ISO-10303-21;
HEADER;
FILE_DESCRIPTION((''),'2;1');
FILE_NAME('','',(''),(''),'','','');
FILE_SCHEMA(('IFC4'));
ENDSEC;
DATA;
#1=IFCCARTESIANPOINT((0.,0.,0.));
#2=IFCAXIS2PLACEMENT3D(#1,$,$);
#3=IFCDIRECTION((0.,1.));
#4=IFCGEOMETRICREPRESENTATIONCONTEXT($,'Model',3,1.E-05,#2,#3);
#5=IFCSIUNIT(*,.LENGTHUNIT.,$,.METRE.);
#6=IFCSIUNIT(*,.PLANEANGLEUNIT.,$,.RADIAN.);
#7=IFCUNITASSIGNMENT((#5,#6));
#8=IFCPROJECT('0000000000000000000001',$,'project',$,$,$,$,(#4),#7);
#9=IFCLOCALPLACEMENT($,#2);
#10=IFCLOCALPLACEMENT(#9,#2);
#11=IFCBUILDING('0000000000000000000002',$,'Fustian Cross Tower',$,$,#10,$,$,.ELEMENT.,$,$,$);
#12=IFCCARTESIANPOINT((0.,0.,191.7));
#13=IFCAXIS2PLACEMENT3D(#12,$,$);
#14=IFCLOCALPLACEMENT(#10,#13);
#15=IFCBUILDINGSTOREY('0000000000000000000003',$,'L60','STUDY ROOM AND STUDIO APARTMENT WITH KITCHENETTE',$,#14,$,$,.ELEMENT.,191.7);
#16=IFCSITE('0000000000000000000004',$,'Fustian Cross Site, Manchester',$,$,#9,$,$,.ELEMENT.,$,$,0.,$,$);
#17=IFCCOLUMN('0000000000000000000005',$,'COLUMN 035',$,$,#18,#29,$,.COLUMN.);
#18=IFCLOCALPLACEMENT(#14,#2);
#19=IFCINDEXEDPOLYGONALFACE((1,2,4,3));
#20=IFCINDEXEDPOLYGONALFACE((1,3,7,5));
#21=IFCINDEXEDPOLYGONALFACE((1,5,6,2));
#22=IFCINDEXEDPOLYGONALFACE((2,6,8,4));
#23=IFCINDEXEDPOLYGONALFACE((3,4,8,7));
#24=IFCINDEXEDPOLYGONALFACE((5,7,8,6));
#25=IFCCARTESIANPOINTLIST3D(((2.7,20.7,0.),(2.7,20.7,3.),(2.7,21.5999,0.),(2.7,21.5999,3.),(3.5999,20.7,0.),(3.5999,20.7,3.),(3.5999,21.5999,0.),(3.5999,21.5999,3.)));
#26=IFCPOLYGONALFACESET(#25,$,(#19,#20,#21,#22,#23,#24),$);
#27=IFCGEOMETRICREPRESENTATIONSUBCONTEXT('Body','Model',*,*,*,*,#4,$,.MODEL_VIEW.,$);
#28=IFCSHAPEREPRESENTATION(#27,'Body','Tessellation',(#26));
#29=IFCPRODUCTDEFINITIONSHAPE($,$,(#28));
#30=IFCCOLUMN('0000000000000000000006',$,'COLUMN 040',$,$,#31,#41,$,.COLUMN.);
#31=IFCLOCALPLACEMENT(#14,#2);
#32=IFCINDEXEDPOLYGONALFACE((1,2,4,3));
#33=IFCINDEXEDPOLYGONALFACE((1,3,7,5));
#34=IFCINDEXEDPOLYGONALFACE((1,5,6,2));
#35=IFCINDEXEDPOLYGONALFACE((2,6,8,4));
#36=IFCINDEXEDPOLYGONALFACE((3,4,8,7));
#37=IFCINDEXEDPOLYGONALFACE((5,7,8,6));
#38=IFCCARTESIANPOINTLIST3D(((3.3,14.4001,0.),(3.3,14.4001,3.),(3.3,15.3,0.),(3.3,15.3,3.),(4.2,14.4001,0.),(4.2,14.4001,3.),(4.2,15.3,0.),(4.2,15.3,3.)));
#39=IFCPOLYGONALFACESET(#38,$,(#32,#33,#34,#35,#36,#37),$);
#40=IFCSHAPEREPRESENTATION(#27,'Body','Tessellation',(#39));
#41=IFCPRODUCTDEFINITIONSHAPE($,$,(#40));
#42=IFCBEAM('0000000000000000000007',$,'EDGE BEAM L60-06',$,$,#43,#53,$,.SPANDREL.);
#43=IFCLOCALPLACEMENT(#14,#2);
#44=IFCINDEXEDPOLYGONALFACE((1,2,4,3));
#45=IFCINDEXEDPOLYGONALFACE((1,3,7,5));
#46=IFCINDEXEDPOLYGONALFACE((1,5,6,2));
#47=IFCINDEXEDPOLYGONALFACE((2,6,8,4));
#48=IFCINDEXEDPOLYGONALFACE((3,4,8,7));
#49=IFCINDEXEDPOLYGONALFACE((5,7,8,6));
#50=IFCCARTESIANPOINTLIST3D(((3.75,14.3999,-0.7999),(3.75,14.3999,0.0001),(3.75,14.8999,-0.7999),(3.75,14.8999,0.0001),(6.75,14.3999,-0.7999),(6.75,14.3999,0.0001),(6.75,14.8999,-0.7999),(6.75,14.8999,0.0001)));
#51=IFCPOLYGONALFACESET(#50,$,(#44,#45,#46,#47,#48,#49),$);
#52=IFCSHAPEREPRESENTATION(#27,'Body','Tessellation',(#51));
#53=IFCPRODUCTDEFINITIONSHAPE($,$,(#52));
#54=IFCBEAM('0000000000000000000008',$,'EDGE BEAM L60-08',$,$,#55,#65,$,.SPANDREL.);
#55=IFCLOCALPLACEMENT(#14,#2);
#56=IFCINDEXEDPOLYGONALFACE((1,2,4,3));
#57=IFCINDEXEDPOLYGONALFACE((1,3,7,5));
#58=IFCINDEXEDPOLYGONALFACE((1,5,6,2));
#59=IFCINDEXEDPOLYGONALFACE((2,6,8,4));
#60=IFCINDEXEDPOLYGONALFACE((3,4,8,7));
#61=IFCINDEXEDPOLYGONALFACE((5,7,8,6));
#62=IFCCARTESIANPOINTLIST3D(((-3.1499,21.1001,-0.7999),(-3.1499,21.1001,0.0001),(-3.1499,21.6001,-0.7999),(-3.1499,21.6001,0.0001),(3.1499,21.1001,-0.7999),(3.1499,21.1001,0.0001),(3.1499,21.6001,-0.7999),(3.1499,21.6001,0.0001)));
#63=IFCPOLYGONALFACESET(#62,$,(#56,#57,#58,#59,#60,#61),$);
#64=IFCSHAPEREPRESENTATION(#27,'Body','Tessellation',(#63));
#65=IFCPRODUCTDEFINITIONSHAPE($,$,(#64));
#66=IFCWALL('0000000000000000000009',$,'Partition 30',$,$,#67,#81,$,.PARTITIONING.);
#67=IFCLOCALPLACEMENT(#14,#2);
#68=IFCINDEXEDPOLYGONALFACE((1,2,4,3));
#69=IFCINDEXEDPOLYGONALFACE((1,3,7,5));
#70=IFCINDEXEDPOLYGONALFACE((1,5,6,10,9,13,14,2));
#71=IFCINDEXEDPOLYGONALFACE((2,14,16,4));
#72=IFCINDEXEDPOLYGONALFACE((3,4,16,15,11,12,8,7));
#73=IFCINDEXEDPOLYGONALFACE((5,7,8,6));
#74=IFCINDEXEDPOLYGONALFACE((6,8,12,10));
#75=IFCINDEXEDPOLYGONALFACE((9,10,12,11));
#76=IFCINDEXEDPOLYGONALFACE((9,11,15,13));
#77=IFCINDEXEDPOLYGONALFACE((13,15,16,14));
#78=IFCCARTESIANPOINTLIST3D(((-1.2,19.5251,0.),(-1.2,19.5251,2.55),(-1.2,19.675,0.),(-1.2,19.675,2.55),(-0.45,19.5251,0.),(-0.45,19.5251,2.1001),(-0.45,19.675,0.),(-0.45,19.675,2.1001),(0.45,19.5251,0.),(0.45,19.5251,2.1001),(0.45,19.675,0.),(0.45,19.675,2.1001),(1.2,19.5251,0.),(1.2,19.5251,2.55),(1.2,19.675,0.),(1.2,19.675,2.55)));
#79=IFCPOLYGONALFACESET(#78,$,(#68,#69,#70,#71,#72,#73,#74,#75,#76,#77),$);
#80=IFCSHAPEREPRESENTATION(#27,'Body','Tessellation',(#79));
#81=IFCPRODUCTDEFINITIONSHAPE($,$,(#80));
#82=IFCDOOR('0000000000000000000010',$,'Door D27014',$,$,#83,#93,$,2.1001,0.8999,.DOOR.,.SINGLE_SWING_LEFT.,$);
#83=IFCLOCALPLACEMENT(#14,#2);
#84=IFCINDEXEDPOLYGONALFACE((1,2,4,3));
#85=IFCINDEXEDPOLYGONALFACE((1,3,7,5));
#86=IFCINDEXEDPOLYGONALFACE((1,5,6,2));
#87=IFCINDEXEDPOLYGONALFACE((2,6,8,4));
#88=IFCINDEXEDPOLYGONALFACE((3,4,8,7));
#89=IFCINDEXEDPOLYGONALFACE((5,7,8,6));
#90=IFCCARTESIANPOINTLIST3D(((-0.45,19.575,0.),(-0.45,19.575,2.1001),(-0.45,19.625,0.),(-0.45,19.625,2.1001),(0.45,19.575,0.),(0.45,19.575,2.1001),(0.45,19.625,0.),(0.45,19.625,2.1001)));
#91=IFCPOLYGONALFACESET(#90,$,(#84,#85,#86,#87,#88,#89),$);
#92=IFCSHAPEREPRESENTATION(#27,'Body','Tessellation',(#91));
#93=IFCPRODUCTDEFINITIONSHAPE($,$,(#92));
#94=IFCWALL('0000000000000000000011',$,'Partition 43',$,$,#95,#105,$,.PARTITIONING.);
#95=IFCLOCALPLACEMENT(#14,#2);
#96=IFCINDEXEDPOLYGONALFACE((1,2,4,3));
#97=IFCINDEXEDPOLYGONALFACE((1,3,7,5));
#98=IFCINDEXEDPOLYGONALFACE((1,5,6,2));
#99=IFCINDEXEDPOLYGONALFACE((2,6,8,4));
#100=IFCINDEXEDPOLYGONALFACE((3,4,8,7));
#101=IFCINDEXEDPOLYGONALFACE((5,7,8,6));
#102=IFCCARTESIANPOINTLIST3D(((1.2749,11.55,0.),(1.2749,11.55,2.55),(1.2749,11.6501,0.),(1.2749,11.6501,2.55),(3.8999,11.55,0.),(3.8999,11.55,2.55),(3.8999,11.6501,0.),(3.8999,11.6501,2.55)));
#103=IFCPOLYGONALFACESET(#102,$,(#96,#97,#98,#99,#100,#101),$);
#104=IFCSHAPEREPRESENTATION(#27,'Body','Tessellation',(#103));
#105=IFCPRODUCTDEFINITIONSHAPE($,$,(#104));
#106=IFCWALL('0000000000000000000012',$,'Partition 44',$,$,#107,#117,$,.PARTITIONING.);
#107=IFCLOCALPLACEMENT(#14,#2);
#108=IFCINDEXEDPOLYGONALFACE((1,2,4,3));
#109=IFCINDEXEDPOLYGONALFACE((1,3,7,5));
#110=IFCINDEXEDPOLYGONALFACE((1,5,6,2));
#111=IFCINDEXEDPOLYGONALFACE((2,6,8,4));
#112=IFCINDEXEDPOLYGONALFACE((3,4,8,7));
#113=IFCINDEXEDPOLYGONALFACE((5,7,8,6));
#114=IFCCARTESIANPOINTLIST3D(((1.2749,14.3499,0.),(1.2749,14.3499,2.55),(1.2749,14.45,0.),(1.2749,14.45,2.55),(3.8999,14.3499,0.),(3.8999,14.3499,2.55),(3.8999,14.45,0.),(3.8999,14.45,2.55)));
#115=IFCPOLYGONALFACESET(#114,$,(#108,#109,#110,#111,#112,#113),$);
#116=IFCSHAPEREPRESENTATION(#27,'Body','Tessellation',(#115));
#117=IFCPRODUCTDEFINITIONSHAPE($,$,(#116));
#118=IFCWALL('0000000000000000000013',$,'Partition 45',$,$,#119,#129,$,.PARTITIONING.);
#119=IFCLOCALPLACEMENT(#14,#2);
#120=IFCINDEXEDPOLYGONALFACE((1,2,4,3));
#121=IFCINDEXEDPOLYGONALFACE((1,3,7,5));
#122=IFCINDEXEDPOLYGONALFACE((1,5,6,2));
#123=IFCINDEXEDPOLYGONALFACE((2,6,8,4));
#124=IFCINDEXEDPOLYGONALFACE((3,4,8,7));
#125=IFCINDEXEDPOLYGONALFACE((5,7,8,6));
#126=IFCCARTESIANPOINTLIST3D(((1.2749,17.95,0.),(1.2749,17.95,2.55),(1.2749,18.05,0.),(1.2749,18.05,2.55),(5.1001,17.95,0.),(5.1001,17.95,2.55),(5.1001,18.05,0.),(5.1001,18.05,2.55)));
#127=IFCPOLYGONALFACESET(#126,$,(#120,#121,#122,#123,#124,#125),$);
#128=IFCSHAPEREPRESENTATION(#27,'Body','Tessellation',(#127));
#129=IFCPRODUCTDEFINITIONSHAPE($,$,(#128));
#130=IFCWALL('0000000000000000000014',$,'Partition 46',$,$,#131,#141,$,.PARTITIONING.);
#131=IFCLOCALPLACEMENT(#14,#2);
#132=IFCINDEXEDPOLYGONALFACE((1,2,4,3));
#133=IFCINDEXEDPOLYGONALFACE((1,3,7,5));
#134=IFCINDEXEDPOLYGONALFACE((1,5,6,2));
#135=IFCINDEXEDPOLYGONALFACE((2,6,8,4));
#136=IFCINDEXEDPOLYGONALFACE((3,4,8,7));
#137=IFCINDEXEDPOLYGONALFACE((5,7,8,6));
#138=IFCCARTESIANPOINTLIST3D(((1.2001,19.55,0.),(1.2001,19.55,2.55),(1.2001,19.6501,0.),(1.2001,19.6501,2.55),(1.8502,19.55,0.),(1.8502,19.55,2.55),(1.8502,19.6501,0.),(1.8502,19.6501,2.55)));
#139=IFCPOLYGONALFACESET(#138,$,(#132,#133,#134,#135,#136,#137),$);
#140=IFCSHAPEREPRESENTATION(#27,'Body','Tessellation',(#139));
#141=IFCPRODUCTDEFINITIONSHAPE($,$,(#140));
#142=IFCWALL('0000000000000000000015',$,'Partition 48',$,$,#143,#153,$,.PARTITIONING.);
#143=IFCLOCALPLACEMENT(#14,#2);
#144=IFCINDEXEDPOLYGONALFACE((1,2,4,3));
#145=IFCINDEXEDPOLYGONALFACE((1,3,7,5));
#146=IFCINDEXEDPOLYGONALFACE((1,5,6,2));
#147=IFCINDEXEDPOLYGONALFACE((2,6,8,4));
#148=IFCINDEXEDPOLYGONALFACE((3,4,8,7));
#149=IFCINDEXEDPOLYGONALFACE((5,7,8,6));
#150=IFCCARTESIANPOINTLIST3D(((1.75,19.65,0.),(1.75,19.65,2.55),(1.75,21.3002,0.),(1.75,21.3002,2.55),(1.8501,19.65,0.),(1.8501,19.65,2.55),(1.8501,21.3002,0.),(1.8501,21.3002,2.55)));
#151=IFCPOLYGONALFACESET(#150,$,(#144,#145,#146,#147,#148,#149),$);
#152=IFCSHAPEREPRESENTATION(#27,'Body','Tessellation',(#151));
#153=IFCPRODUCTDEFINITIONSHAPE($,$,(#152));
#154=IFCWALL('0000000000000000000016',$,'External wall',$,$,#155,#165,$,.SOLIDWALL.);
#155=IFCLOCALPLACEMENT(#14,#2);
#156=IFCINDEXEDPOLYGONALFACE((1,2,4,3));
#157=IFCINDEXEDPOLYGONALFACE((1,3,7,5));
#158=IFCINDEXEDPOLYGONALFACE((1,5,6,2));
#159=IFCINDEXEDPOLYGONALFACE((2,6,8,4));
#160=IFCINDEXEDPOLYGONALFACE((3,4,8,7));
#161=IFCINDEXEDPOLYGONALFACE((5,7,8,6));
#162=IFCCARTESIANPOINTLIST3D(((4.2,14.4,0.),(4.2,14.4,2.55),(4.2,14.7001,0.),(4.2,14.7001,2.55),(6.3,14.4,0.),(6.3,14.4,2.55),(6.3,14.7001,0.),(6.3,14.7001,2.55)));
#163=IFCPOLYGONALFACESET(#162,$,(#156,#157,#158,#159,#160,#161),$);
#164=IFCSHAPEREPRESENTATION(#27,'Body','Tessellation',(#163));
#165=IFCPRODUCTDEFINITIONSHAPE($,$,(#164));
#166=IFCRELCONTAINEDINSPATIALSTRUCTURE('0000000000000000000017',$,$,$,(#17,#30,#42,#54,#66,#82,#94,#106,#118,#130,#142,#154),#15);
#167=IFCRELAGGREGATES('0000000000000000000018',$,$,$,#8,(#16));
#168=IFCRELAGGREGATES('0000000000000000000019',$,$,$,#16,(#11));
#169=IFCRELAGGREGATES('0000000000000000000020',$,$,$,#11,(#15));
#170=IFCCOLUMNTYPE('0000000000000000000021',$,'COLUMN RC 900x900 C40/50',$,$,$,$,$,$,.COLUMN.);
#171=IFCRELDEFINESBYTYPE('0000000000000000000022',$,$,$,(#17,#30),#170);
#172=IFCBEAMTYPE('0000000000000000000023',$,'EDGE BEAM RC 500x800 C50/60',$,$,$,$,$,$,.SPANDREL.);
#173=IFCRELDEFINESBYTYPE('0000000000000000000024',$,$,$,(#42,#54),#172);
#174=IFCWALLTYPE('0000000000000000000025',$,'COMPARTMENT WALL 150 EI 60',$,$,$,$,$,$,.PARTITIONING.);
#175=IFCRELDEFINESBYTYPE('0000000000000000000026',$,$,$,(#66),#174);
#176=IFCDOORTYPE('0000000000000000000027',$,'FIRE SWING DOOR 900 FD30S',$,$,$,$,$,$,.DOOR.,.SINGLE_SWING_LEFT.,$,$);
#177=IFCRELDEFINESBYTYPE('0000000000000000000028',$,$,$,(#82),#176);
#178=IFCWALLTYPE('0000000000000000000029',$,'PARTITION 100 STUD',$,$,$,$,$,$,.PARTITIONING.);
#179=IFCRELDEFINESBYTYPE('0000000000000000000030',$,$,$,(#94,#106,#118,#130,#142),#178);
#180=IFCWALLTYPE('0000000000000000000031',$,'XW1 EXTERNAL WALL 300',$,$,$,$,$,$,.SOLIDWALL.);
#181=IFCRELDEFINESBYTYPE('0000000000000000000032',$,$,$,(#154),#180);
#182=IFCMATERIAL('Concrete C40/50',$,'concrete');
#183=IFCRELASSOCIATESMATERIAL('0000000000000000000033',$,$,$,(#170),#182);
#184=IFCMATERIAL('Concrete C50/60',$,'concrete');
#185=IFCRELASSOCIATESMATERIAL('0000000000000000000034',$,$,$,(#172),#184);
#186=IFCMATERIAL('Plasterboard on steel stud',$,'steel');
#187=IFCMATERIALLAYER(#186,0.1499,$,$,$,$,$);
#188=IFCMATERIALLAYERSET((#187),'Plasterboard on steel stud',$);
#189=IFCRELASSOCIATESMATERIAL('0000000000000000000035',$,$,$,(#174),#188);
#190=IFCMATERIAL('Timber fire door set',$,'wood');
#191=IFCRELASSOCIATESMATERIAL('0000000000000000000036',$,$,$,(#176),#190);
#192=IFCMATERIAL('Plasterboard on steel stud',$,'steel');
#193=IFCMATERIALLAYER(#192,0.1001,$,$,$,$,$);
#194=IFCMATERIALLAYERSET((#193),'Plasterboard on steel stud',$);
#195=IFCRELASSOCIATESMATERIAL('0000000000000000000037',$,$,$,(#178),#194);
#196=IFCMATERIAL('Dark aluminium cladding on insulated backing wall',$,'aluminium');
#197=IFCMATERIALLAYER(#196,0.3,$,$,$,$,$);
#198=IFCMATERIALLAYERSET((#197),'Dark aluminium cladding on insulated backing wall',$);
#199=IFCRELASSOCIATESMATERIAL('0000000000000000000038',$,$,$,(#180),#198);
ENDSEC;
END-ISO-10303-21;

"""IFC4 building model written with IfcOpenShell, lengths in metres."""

from ifc_helpers import new_model, si_unit, direction, frame, frame_2d, origin, origin_2d, place, context, subcontext, project, spatial, rectangle, extrude, material, layer, layer_set, material_profile, profile_set, type_object, element, fill, save


model = new_model("IFC4")

# Units and contexts
model_context = context("Model", 3, precision=1e-05, world=origin(), true_north=direction((0.0, 1.0)))
body_context = subcontext(model_context, "Body", "Model", "MODEL_VIEW")
ifc_project = project(units=[si_unit("LENGTHUNIT", "METRE"), si_unit("PLANEANGLEUNIT", "RADIAN")], contexts=[model_context])

# Site, building, storey
site_placement = place(None, origin())
site = spatial("IfcSite", under=ifc_project, at=site_placement, Name="Fustian Cross Site, Manchester", CompositionType="ELEMENT", RefElevation=0.0)
building_placement = place(site_placement, origin())
building = spatial("IfcBuilding", under=site, at=building_placement, Name="Fustian Cross Tower", CompositionType="ELEMENT")
storey_placement = place(building_placement, frame((0.0, 0.0, 191.7)))
storey = spatial("IfcBuildingStorey", under=building, at=storey_placement, Name="L60", Description="STUDY ROOM AND STUDIO APARTMENT WITH KITCHENETTE", CompositionType="ELEMENT", Elevation=191.7)

# Columns
ifc_material_1 = material(Name="Concrete C40/50", Category="concrete")
ifc_material_profile_1 = material_profile(ifc_material_1, rectangle(XDim=0.8999, YDim=0.8999, at=origin_2d()), Name="RC 900x900")
ifc_profile_set_1 = profile_set([ifc_material_profile_1], Name="Concrete C40/50")
column_type = type_object("IfcColumnType", Name="COLUMN RC 900x900 C40/50", PredefinedType="COLUMN", material=ifc_profile_set_1)
for number, where, z_axis, x_axis, name in (
    (1, (3.1499, 21.1499, 0.0), (0.0, 0.0, 1.0), (1.0, 0.0, 0.0), "COLUMN 035"),
    (2, (3.75, 14.8501, 0.0), (0.0, 0.0, 1.0), (1.0, 0.0, 0.0), "COLUMN 040"),
):
    element("IfcColumn", number, at=place(storey_placement, frame(where, z_axis=z_axis, x_axis=x_axis)), inside=storey, type_object=column_type, Name=name, PredefinedType="COLUMN", context=body_context, shape_type="SweptSolid", body=[
        extrude(rectangle(XDim=0.8999, YDim=0.8999, at=origin_2d()), origin(), (0.0, 0.0, 1.0), 3.0),
    ])

# Beams
ifc_material_2 = material(Name="Concrete C50/60", Category="concrete")
ifc_material_profile_2 = material_profile(ifc_material_2, rectangle(XDim=0.5, YDim=0.8, at=origin_2d()), Name="RC 500x800")
ifc_profile_set_2 = profile_set([ifc_material_profile_2], Name="Concrete C50/60")
beam_type = type_object("IfcBeamType", Name="EDGE BEAM RC 500x800 C50/60", PredefinedType="SPANDREL", material=ifc_profile_set_2)
beam_1_placement = place(storey_placement, frame((3.75, 14.6499, -0.3999), z_axis=(1.0, 0.0, 0.0), x_axis=(0.0, 1.0, 0.0)))
element("IfcBeam", 3, at=beam_1_placement, inside=storey, type_object=beam_type, Name="EDGE BEAM L60-06", PredefinedType="SPANDREL", context=body_context, shape_type="SweptSolid", body=[
    extrude(rectangle(XDim=0.5, YDim=0.8, at=origin_2d()), origin(), (0.0, 0.0, 1.0), 3.0),
])
beam_2_placement = place(storey_placement, frame((3.1499, 21.3501, -0.3999), z_axis=(-1.0, 0.0, 0.0), x_axis=(0.0, -1.0, 0.0)))
element("IfcBeam", 4, at=beam_2_placement, inside=storey, type_object=beam_type, Name="EDGE BEAM L60-08", PredefinedType="SPANDREL", context=body_context, shape_type="SweptSolid", body=[
    extrude(rectangle(XDim=0.5, YDim=0.8, at=origin_2d()), origin(), (0.0, 0.0, 1.0), 6.2998),
])

# Wall, opening, door
ifc_material_3 = material(Name="Plasterboard on steel stud", Category="steel")
ifc_layer_1 = layer(ifc_material_3, 0.1499)
ifc_layer_set_1 = layer_set([ifc_layer_1], Name="Plasterboard on steel stud")
wall_type_1 = type_object("IfcWallType", Name="COMPARTMENT WALL 150 EI 60", PredefinedType="PARTITIONING", material=ifc_layer_set_1)
wall_1_placement = place(storey_placement, frame((-1.2, 19.6001, 0.0), z_axis=(0.0, 0.0, 1.0), x_axis=(1.0, 0.0, 0.0)))
wall_1 = element("IfcWall", 5, at=wall_1_placement, inside=storey, type_object=wall_type_1, Name="Partition 30", PredefinedType="PARTITIONING", context=body_context, shape_type="SweptSolid", body=[
    extrude(rectangle(XDim=2.3999, YDim=0.1499, at=frame_2d((1.2, 0.0))), origin(), (0.0, 0.0, 1.0), 2.55),
])
opening_1_placement = place(wall_1_placement, frame((0.75, 0.0, 0.0)))
opening_1 = element("IfcOpeningElement", 6, at=opening_1_placement, cuts=wall_1, PredefinedType="OPENING", context=body_context, shape_type="SweptSolid", body=[
    extrude(rectangle(XDim=0.8999, YDim=2.1001, at=frame_2d((0.45, 1.05))), frame((0.0, 0.085, 0.0), z_axis=(0.0, -1.0, 0.0), x_axis=(1.0, 0.0, 0.0)), (0.0, 0.0, 1.0), 0.1699),
])
ifc_material_4 = material(Name="Timber fire door set", Category="wood")
door_type = type_object("IfcDoorType", Name="FIRE SWING DOOR 900 FD30S", OperationType="SINGLE_SWING_LEFT", PredefinedType="DOOR", material=ifc_material_4)
door_placement = place(opening_1_placement, origin())
door = element("IfcDoor", 7, at=door_placement, inside=storey, type_object=door_type, Name="Door D27014", OperationType="SINGLE_SWING_LEFT", OverallHeight=2.1001, OverallWidth=0.8999, PredefinedType="DOOR", context=body_context, shape_type="SweptSolid", body=[
    extrude(rectangle(XDim=0.8999, YDim=2.1001, at=frame_2d((0.45, 1.05))), frame((0.0, 0.0249, 0.0), z_axis=(0.0, -1.0, 0.0), x_axis=(1.0, 0.0, 0.0)), (0.0, 0.0, 1.0), 0.05),
])
fill(opening_1, door)

# Walls
ifc_material_5 = material(Name="Plasterboard on steel stud", Category="steel")
ifc_layer_2 = layer(ifc_material_5, 0.1001)
ifc_layer_set_2 = layer_set([ifc_layer_2], Name="Plasterboard on steel stud")
wall_type_2 = type_object("IfcWallType", Name="PARTITION 100 STUD", PredefinedType="PARTITIONING", material=ifc_layer_set_2)
for number, where, z_axis, x_axis, name in (
    (8, (1.2749, 11.6001, 0.0), (0.0, 0.0, 1.0), (1.0, 0.0, 0.0), "Partition 43"),
    (9, (1.2749, 14.3999, 0.0), (0.0, 0.0, 1.0), (1.0, 0.0, 0.0), "Partition 44"),
):
    element("IfcWall", number, at=place(storey_placement, frame(where, z_axis=z_axis, x_axis=x_axis)), inside=storey, type_object=wall_type_2, Name=name, PredefinedType="PARTITIONING", context=body_context, shape_type="SweptSolid", body=[
        extrude(rectangle(XDim=2.625, YDim=0.1001, at=frame_2d((1.3125, 0.0))), origin(), (0.0, 0.0, 1.0), 2.55),
    ])
wall_2_placement = place(storey_placement, frame((1.2749, 18.0, 0.0), z_axis=(0.0, 0.0, 1.0), x_axis=(1.0, 0.0, 0.0)))
element("IfcWall", 10, at=wall_2_placement, inside=storey, type_object=wall_type_2, Name="Partition 45", PredefinedType="PARTITIONING", context=body_context, shape_type="SweptSolid", body=[
    extrude(rectangle(XDim=3.8252, YDim=0.1001, at=frame_2d((1.9126, 0.0))), origin(), (0.0, 0.0, 1.0), 2.55),
])
wall_3_placement = place(storey_placement, frame((1.2, 19.6001, 0.0), z_axis=(0.0, 0.0, 1.0), x_axis=(1.0, 0.0, 0.0)))
element("IfcWall", 11, at=wall_3_placement, inside=storey, type_object=wall_type_2, Name="Partition 46", PredefinedType="PARTITIONING", context=body_context, shape_type="SweptSolid", body=[
    extrude(rectangle(XDim=0.6501, YDim=0.1001, at=frame_2d((0.3252, 0.0))), origin(), (0.0, 0.0, 1.0), 2.55),
])
wall_4_placement = place(storey_placement, frame((1.8, 19.6499, 0.0), z_axis=(0.0, 0.0, 1.0), x_axis=(0.0, 1.0, 0.0)))
element("IfcWall", 12, at=wall_4_placement, inside=storey, type_object=wall_type_2, Name="Partition 48", PredefinedType="PARTITIONING", context=body_context, shape_type="SweptSolid", body=[
    extrude(rectangle(XDim=1.6501, YDim=0.1001, at=frame_2d((0.8252, 0.0))), origin(), (0.0, 0.0, 1.0), 2.55),
])
ifc_material_6 = material(Name="Dark aluminium cladding on insulated backing wall", Category="aluminium")
ifc_layer_3 = layer(ifc_material_6, 0.3)
ifc_layer_set_3 = layer_set([ifc_layer_3], Name="Dark aluminium cladding on insulated backing wall")
wall_type_3 = type_object("IfcWallType", Name="XW1 EXTERNAL WALL 300", PredefinedType="SOLIDWALL", material=ifc_layer_set_3)
wall_5_placement = place(storey_placement, frame((4.2, 14.55, 0.0), z_axis=(0.0, 0.0, 1.0), x_axis=(1.0, 0.0, 0.0)))
element("IfcWall", 13, at=wall_5_placement, inside=storey, type_object=wall_type_3, Name="External wall", PredefinedType="SOLIDWALL", context=body_context, shape_type="SweptSolid", body=[
    extrude(rectangle(XDim=2.1001, YDim=0.3, at=frame_2d((1.05, 0.0))), origin(), (0.0, 0.0, 1.0), 2.55),
])

save(model, "model.ifc")
